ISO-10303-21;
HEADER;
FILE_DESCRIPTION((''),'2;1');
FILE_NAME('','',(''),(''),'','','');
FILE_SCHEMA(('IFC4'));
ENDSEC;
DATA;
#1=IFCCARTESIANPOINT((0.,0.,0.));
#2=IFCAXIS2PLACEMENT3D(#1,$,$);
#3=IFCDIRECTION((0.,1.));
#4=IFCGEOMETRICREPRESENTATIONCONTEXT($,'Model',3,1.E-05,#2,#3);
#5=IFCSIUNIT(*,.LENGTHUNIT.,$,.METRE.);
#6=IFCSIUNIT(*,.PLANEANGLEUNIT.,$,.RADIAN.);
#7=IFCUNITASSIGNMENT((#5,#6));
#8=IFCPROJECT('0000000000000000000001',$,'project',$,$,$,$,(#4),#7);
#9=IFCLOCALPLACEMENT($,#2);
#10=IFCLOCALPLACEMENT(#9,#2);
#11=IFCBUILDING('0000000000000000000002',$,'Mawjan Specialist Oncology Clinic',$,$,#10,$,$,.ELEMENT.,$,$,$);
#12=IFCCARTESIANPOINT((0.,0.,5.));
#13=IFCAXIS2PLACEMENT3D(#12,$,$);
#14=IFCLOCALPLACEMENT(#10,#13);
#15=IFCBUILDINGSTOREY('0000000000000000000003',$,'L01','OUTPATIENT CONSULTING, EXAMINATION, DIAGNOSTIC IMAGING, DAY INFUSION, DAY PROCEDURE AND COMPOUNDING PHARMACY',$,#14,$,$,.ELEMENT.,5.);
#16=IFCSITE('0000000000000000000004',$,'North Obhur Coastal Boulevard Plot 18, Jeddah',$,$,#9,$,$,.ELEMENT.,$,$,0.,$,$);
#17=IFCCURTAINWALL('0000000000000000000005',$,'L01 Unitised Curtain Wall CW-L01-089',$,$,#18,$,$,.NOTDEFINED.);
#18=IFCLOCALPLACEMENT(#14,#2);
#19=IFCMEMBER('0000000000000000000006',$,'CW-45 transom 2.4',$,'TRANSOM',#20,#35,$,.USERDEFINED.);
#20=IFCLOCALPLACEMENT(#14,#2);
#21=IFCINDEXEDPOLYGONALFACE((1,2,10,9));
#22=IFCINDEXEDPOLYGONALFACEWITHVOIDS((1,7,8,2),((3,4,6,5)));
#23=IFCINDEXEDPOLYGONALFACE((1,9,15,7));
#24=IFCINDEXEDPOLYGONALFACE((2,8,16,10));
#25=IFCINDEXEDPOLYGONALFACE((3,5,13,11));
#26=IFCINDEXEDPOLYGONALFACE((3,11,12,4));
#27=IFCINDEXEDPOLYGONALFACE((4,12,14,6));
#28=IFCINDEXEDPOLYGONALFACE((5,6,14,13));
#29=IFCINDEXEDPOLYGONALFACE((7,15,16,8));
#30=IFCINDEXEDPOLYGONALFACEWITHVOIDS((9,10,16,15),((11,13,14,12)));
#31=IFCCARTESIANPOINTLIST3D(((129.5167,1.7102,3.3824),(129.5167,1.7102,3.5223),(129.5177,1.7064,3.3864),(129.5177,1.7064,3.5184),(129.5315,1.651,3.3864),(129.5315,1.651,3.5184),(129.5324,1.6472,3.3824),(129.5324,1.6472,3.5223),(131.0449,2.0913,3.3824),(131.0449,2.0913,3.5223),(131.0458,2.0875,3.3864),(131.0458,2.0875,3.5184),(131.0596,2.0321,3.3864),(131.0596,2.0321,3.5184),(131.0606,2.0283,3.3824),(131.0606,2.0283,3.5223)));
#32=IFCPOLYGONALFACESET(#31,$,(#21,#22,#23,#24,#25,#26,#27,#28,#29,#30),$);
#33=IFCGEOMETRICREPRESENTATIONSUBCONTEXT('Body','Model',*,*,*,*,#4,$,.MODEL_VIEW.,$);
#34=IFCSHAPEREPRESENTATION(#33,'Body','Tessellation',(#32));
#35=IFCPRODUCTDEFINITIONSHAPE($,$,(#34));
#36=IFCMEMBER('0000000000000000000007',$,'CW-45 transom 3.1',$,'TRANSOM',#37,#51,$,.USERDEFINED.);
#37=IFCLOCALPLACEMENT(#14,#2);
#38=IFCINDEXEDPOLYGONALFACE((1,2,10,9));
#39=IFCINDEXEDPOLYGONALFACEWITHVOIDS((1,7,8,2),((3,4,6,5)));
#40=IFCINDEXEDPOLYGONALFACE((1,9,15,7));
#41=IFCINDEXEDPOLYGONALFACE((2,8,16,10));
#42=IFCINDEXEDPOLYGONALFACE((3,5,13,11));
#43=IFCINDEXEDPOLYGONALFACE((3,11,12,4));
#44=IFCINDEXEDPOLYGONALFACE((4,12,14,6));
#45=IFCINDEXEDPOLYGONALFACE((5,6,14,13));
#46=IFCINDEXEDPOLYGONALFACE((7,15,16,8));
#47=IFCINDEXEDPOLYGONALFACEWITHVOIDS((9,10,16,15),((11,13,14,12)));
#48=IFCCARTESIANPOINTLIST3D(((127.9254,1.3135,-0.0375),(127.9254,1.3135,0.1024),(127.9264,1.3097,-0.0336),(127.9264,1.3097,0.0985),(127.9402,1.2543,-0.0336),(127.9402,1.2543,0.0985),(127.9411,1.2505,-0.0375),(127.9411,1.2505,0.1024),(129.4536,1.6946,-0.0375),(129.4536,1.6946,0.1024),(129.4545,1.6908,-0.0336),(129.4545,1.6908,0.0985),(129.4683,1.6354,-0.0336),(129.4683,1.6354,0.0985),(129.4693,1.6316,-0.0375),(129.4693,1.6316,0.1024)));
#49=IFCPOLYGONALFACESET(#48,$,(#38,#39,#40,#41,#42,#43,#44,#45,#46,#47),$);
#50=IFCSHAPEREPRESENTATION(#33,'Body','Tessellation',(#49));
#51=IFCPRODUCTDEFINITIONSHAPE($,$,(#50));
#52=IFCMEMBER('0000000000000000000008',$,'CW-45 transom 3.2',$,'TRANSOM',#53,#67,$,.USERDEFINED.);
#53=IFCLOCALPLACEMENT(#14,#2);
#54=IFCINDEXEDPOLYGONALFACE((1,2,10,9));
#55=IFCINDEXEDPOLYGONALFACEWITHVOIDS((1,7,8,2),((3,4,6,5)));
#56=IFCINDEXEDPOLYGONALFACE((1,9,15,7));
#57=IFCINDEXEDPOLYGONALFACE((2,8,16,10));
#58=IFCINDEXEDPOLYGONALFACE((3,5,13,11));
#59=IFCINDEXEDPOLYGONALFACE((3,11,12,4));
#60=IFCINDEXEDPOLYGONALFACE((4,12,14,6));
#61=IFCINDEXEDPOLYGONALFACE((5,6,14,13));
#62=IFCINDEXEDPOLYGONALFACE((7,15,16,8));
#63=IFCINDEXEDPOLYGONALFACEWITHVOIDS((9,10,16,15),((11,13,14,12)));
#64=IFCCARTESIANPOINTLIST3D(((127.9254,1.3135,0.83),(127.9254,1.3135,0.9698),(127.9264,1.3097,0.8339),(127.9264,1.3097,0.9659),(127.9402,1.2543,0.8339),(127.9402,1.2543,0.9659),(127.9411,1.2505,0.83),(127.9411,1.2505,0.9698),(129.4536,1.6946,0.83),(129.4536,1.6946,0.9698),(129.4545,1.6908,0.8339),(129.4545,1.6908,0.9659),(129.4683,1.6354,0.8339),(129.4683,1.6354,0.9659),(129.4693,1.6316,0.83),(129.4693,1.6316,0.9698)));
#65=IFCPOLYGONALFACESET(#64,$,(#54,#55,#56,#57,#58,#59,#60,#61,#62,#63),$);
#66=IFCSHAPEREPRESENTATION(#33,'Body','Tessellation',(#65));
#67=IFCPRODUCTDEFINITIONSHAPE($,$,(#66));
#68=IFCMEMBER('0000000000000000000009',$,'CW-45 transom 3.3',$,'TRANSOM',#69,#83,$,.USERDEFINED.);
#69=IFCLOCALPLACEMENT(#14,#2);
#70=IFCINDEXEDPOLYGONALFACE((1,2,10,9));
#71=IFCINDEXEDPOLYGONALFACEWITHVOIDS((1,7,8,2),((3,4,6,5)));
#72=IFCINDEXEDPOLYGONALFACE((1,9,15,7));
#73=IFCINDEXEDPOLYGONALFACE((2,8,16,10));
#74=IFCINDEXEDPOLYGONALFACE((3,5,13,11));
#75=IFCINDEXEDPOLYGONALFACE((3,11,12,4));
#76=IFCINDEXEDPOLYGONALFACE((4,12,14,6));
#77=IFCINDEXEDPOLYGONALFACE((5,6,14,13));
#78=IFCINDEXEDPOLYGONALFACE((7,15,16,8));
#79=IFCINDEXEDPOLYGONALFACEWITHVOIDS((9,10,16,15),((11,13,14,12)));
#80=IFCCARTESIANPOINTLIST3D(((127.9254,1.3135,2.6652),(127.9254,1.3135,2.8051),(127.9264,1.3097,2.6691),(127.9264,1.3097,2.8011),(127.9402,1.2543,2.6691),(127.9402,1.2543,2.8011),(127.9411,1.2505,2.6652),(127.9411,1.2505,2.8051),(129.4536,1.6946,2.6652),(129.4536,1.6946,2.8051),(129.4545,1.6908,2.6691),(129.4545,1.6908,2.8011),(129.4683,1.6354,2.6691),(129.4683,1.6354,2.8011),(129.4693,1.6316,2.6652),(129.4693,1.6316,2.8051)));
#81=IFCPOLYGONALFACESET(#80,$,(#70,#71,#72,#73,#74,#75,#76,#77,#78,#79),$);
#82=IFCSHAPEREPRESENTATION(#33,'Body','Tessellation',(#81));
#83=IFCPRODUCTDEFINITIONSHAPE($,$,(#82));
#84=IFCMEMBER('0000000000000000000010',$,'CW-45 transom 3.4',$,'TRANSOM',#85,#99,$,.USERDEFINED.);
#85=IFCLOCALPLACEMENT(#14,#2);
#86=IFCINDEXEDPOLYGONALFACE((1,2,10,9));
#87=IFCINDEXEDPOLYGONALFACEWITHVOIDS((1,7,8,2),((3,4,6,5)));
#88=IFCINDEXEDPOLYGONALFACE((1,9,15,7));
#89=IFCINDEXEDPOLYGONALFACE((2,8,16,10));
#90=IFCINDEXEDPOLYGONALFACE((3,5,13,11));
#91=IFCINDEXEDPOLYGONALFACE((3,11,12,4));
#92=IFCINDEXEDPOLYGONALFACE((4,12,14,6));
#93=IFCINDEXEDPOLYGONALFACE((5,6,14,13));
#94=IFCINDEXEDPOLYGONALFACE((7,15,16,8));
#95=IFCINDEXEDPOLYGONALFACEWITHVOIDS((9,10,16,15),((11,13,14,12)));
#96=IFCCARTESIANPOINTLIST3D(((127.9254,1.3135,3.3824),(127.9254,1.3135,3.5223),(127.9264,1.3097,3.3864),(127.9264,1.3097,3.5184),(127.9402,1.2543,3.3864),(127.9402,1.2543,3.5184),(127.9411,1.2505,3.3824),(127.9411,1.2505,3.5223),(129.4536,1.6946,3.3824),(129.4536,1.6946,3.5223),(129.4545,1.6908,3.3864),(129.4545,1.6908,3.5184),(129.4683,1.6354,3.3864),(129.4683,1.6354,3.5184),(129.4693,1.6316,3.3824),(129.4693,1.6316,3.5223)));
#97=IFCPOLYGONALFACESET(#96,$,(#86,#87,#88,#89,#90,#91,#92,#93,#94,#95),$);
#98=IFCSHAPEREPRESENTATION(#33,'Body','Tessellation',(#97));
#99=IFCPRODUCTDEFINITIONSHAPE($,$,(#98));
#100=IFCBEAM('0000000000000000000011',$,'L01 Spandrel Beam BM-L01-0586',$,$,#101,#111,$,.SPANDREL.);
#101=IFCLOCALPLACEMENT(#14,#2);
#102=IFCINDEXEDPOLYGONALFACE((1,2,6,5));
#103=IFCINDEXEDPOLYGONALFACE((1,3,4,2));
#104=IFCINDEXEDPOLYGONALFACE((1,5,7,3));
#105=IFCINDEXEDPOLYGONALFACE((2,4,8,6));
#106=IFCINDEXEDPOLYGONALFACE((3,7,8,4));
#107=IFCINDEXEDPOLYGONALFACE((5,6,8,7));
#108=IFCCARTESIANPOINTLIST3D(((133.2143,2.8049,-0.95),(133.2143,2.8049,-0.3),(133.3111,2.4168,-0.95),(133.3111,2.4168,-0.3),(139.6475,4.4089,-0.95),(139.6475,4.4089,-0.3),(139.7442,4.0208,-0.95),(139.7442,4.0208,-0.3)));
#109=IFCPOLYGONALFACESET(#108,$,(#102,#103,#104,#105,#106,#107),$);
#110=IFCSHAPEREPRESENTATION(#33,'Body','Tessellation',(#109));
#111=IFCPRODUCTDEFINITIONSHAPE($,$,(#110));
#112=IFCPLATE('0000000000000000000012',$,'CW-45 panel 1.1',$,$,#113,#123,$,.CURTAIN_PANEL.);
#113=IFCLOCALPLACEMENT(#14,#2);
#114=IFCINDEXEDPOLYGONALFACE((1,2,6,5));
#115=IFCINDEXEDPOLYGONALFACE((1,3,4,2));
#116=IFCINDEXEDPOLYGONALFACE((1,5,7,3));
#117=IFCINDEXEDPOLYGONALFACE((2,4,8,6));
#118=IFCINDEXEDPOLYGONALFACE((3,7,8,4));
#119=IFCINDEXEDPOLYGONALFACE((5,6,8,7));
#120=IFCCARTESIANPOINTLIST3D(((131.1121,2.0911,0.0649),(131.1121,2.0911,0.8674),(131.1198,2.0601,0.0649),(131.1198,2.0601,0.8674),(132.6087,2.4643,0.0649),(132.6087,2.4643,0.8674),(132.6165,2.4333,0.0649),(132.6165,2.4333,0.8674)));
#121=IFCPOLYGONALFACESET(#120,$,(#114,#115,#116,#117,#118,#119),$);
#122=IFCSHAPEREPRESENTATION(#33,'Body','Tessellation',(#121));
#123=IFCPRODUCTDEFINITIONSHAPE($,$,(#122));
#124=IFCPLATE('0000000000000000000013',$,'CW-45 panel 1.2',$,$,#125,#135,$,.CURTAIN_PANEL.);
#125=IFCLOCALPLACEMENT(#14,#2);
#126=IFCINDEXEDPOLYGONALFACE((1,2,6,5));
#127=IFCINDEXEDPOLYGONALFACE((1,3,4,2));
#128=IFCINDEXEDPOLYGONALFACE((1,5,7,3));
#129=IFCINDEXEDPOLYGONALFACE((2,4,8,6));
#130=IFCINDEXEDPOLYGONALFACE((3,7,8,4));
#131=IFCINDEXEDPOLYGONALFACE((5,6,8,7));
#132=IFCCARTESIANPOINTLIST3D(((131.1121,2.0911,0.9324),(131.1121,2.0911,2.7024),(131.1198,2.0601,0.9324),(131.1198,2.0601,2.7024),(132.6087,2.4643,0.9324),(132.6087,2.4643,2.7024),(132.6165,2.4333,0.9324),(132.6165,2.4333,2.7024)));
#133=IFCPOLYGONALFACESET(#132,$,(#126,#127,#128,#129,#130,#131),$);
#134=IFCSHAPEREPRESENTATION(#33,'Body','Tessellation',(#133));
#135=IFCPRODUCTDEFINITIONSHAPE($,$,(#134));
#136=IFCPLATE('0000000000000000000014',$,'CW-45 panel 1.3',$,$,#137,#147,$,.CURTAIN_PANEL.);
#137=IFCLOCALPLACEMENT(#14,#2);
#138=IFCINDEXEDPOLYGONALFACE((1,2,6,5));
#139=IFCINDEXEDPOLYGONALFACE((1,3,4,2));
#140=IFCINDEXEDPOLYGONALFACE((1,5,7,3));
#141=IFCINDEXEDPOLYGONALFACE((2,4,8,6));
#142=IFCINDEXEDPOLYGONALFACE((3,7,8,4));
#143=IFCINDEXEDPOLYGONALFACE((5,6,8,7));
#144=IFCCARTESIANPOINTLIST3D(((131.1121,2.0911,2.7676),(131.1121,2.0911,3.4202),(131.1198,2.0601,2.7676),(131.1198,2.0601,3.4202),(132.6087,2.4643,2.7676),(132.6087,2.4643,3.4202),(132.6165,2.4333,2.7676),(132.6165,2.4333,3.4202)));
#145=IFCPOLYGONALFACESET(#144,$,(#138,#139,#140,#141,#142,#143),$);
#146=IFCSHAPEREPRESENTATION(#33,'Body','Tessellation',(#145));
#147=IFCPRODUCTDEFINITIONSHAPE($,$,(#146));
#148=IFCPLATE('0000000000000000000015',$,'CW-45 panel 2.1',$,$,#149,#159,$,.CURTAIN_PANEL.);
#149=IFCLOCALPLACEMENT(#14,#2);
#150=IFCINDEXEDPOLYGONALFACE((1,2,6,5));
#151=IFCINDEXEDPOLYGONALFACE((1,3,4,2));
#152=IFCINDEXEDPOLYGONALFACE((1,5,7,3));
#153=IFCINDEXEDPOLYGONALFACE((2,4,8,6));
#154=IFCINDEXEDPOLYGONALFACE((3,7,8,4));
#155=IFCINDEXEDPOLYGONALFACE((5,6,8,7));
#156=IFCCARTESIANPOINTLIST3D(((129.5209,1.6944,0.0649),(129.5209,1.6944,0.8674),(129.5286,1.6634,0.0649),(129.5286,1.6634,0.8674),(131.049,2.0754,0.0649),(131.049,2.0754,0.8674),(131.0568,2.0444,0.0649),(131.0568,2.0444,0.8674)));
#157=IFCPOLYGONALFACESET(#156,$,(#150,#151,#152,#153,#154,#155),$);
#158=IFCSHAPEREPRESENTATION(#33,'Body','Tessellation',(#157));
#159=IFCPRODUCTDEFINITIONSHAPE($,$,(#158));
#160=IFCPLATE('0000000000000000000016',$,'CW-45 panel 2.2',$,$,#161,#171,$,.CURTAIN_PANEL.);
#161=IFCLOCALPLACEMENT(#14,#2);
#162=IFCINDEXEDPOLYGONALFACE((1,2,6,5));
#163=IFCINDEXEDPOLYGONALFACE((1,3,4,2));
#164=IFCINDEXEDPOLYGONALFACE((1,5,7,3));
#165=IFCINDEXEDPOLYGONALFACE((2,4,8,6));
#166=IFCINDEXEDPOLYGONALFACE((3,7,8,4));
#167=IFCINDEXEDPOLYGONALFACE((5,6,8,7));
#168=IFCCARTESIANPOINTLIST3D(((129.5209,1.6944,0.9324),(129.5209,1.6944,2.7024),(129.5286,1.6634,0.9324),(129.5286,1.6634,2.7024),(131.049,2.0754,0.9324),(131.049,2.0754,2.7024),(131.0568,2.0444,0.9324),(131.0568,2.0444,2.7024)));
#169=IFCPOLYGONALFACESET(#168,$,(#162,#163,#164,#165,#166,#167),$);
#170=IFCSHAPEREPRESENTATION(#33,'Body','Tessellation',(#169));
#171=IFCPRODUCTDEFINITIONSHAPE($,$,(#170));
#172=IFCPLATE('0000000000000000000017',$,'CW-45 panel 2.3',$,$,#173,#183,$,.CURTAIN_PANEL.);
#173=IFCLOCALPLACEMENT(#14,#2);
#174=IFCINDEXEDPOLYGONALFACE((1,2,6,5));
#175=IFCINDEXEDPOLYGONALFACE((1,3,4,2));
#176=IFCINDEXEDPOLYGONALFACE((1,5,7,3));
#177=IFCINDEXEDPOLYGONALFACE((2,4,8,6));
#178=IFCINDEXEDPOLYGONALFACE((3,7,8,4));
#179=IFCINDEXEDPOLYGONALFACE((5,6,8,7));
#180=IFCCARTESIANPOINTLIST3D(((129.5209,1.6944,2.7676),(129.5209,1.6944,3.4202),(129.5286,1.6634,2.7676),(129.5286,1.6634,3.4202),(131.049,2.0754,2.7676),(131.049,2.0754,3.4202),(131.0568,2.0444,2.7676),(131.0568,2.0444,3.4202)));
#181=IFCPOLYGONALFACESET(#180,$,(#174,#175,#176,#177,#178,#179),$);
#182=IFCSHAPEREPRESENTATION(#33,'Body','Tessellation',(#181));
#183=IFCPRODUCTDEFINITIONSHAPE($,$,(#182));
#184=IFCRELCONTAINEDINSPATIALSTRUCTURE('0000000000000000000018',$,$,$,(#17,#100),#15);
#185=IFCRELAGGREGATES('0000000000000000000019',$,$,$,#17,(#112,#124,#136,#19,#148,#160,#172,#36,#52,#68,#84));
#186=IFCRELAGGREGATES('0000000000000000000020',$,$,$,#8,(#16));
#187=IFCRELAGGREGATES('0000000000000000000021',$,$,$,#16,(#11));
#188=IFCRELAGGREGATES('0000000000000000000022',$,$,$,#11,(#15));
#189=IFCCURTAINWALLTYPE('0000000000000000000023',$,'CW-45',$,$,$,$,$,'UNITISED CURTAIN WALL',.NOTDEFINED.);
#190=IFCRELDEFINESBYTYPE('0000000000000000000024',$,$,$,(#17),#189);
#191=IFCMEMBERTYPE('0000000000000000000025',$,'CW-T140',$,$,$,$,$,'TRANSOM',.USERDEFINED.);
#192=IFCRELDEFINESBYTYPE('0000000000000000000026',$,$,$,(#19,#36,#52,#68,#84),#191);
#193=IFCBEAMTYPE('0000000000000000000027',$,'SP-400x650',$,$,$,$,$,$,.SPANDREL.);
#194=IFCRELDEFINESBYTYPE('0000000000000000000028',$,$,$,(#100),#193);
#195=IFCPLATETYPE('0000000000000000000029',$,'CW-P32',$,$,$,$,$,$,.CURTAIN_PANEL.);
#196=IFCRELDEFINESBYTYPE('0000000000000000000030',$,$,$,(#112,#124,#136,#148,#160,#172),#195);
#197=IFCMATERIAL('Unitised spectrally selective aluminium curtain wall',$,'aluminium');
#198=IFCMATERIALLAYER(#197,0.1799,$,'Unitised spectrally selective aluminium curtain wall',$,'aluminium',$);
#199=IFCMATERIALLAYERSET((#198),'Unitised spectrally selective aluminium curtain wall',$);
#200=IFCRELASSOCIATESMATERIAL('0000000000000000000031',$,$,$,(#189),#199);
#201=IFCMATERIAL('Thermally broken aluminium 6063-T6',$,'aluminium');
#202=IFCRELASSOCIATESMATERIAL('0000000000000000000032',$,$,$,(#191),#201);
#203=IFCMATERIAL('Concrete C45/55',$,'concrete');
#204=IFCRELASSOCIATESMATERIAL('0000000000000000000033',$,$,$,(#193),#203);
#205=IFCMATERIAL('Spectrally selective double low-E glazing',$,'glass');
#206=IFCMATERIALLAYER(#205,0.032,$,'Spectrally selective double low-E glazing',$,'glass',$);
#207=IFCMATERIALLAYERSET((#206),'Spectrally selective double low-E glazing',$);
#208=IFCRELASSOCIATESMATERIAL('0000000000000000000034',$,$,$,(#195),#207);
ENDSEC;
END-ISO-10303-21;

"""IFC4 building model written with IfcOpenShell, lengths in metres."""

from ifc_helpers import new_model, si_unit, direction, frame, origin, origin_2d, place, context, subcontext, project, spatial, rectangle, hollow_rectangle, extrude, material, layer, layer_set, material_profile, profile_set, type_object, element, aggregate, save


model = new_model("IFC4")

# Units and contexts
model_context = context("Model", 3, precision=1e-05, world=origin(), true_north=direction((0.0, 1.0)))
body_context = subcontext(model_context, "Body", "Model", "MODEL_VIEW")
ifc_project = project(units=[si_unit("LENGTHUNIT", "METRE"), si_unit("PLANEANGLEUNIT", "RADIAN")], contexts=[model_context])

# Site, building, storey
site_placement = place(None, origin())
site = spatial("IfcSite", under=ifc_project, at=site_placement, Name="North Obhur Coastal Boulevard Plot 18, Jeddah", CompositionType="ELEMENT", RefElevation=0.0)
building_placement = place(site_placement, origin())
building = spatial("IfcBuilding", under=site, at=building_placement, Name="Mawjan Specialist Oncology Clinic", CompositionType="ELEMENT")
storey_placement = place(building_placement, frame((0.0, 0.0, 5.0)))
storey = spatial("IfcBuildingStorey", under=building, at=storey_placement, Name="L01", Description="OUTPATIENT CONSULTING, EXAMINATION, DIAGNOSTIC IMAGING, DAY INFUSION, DAY PROCEDURE AND COMPOUNDING PHARMACY", CompositionType="ELEMENT", Elevation=5.0)

# Curtain wall, members
ifc_material_1 = material(Name="Unitised spectrally selective aluminium curtain wall", Category="aluminium")
ifc_layer_1 = layer(ifc_material_1, 0.1799, Name="Unitised spectrally selective aluminium curtain wall", Category="aluminium")
ifc_layer_set_1 = layer_set([ifc_layer_1], Name="Unitised spectrally selective aluminium curtain wall")
curtain_wall_type = type_object("IfcCurtainWallType", Name="CW-45", ElementType="UNITISED CURTAIN WALL", PredefinedType="NOTDEFINED", material=ifc_layer_set_1)
curtain_wall_placement = place(storey_placement, origin())
curtain_wall = element("IfcCurtainWall", 1, at=curtain_wall_placement, inside=storey, type_object=curtain_wall_type, Name="L01 Unitised Curtain Wall CW-L01-089", PredefinedType="NOTDEFINED")
ifc_material_2 = material(Name="Thermally broken aluminium 6063-T6", Category="aluminium")
ifc_material_profile_1 = material_profile(ifc_material_2, hollow_rectangle(XDim=0.0649, YDim=0.1399, WallThickness=0.0039, at=origin_2d()), Name="ALU TRANSOM 140x65x4", Category="aluminium")
ifc_profile_set_1 = profile_set([ifc_material_profile_1], Name="Thermally broken aluminium 6063-T6")
member_type_1 = type_object("IfcMemberType", Name="CW-T140", ElementType="TRANSOM", PredefinedType="USERDEFINED", material=ifc_profile_set_1)
member_1_placement = place(storey_placement, frame((131.0527, 2.0598, 3.4524), z_axis=(-0.970279, -0.241988, 0.0), x_axis=(0.241988, -0.970279, 0.0)))
member_1 = element("IfcMember", 2, at=member_1_placement, type_object=member_type_1, Name="CW-45 transom 2.4", ObjectType="TRANSOM", PredefinedType="USERDEFINED", context=body_context, shape_type="SweptSolid", body=[
    extrude(hollow_rectangle(XDim=0.0649, YDim=0.1399, WallThickness=0.0039, at=origin_2d()), origin(), (0.0, 0.0, 1.0), 1.575),
])
member_2_placement = place(storey_placement, frame((129.4614, 1.6631, 0.0325), z_axis=(-0.970279, -0.241988, 0.0), x_axis=(0.241988, -0.970279, 0.0)))
member_2 = element("IfcMember", 3, at=member_2_placement, type_object=member_type_1, Name="CW-45 transom 3.1", ObjectType="TRANSOM", PredefinedType="USERDEFINED", context=body_context, shape_type="SweptSolid", body=[
    extrude(hollow_rectangle(XDim=0.0649, YDim=0.1399, WallThickness=0.0039, at=origin_2d()), origin(), (0.0, 0.0, 1.0), 1.575),
])
member_3_placement = place(storey_placement, frame((129.4614, 1.6631, 0.8999), z_axis=(-0.970279, -0.241988, 0.0), x_axis=(0.241988, -0.970279, 0.0)))
member_3 = element("IfcMember", 4, at=member_3_placement, type_object=member_type_1, Name="CW-45 transom 3.2", ObjectType="TRANSOM", PredefinedType="USERDEFINED", context=body_context, shape_type="SweptSolid", body=[
    extrude(hollow_rectangle(XDim=0.0649, YDim=0.1399, WallThickness=0.0039, at=origin_2d()), origin(), (0.0, 0.0, 1.0), 1.575),
])
member_4_placement = place(storey_placement, frame((129.4614, 1.6631, 2.7351), z_axis=(-0.970279, -0.241988, 0.0), x_axis=(0.241988, -0.970279, 0.0)))
member_4 = element("IfcMember", 5, at=member_4_placement, type_object=member_type_1, Name="CW-45 transom 3.3", ObjectType="TRANSOM", PredefinedType="USERDEFINED", context=body_context, shape_type="SweptSolid", body=[
    extrude(hollow_rectangle(XDim=0.0649, YDim=0.1399, WallThickness=0.0039, at=origin_2d()), origin(), (0.0, 0.0, 1.0), 1.575),
])
member_5_placement = place(storey_placement, frame((129.4614, 1.6631, 3.4524), z_axis=(-0.970279, -0.241988, 0.0), x_axis=(0.241988, -0.970279, 0.0)))
member_5 = element("IfcMember", 6, at=member_5_placement, type_object=member_type_1, Name="CW-45 transom 3.4", ObjectType="TRANSOM", PredefinedType="USERDEFINED", context=body_context, shape_type="SweptSolid", body=[
    extrude(hollow_rectangle(XDim=0.0649, YDim=0.1399, WallThickness=0.0039, at=origin_2d()), origin(), (0.0, 0.0, 1.0), 1.575),
])

# Beam
ifc_material_3 = material(Name="Concrete C45/55", Category="concrete")
ifc_material_profile_2 = material_profile(ifc_material_3, rectangle(XDim=0.3999, YDim=0.6499, at=origin_2d()), Name="RC BM 400x650", Category="concrete")
ifc_profile_set_2 = profile_set([ifc_material_profile_2], Name="Concrete C45/55")
beam_type = type_object("IfcBeamType", Name="SP-400x650", PredefinedType="SPANDREL", material=ifc_profile_set_2)
beam_placement = place(storey_placement, frame((133.2627, 2.6108, -0.625), z_axis=(0.970294, 0.241929, 0.0), x_axis=(-0.241929, 0.970294, 0.0)))
element("IfcBeam", 7, at=beam_placement, inside=storey, type_object=beam_type, Name="L01 Spandrel Beam BM-L01-0586", PredefinedType="SPANDREL", context=body_context, shape_type="SweptSolid", body=[
    extrude(rectangle(XDim=0.3999, YDim=0.6499, at=origin_2d()), origin(), (0.0, 0.0, 1.0), 6.6301),
])

# Plates
ifc_material_4 = material(Name="Spectrally selective double low-E glazing", Category="glass")
ifc_layer_2 = layer(ifc_material_4, 0.032, Name="Spectrally selective double low-E glazing", Category="glass")
ifc_layer_set_2 = layer_set([ifc_layer_2], Name="Spectrally selective double low-E glazing")
plate_type = type_object("IfcPlateType", Name="CW-P32", PredefinedType="CURTAIN_PANEL", material=ifc_layer_set_2)
plate_1_placement = place(storey_placement, frame((131.8643, 2.2622, 0.0649), z_axis=(0.0, 0.0, 1.0), x_axis=(-0.970296, -0.241922, 0.0)))
plate_1 = element("IfcPlate", 8, at=plate_1_placement, type_object=plate_type, Name="CW-45 panel 1.1", PredefinedType="CURTAIN_PANEL", context=body_context, shape_type="SweptSolid", body=[
    extrude(rectangle(XDim=1.5425, YDim=0.032, at=origin_2d()), origin(), (0.0, 0.0, 1.0), 0.8025),
])
plate_2_placement = place(storey_placement, frame((131.8643, 2.2622, 0.9324), z_axis=(0.0, 0.0, 1.0), x_axis=(-0.970296, -0.241922, 0.0)))
plate_2 = element("IfcPlate", 9, at=plate_2_placement, type_object=plate_type, Name="CW-45 panel 1.2", PredefinedType="CURTAIN_PANEL", context=body_context, shape_type="SweptSolid", body=[
    extrude(rectangle(XDim=1.5425, YDim=0.032, at=origin_2d()), origin(), (0.0, 0.0, 1.0), 1.77),
])
plate_3_placement = place(storey_placement, frame((131.8643, 2.2622, 2.7676), z_axis=(0.0, 0.0, 1.0), x_axis=(-0.970296, -0.241922, 0.0)))
plate_3 = element("IfcPlate", 10, at=plate_3_placement, type_object=plate_type, Name="CW-45 panel 1.3", PredefinedType="CURTAIN_PANEL", context=body_context, shape_type="SweptSolid", body=[
    extrude(rectangle(XDim=1.5425, YDim=0.032, at=origin_2d()), origin(), (0.0, 0.0, 1.0), 0.6526),
])
plate_4_placement = place(storey_placement, frame((130.2888, 1.8694, 0.0649), z_axis=(0.0, 0.0, 1.0), x_axis=(-0.970296, -0.241922, 0.0)))
plate_4 = element("IfcPlate", 11, at=plate_4_placement, type_object=plate_type, Name="CW-45 panel 2.1", PredefinedType="CURTAIN_PANEL", context=body_context, shape_type="SweptSolid", body=[
    extrude(rectangle(XDim=1.575, YDim=0.032, at=origin_2d()), origin(), (0.0, 0.0, 1.0), 0.8025),
])
plate_5_placement = place(storey_placement, frame((130.2888, 1.8694, 0.9324), z_axis=(0.0, 0.0, 1.0), x_axis=(-0.970296, -0.241922, 0.0)))
plate_5 = element("IfcPlate", 12, at=plate_5_placement, type_object=plate_type, Name="CW-45 panel 2.2", PredefinedType="CURTAIN_PANEL", context=body_context, shape_type="SweptSolid", body=[
    extrude(rectangle(XDim=1.575, YDim=0.032, at=origin_2d()), origin(), (0.0, 0.0, 1.0), 1.77),
])
plate_6_placement = place(storey_placement, frame((130.2888, 1.8694, 2.7676), z_axis=(0.0, 0.0, 1.0), x_axis=(-0.970296, -0.241922, 0.0)))
plate_6 = element("IfcPlate", 13, at=plate_6_placement, type_object=plate_type, Name="CW-45 panel 2.3", PredefinedType="CURTAIN_PANEL", context=body_context, shape_type="SweptSolid", body=[
    extrude(rectangle(XDim=1.575, YDim=0.032, at=origin_2d()), origin(), (0.0, 0.0, 1.0), 0.6526),
])
aggregate(curtain_wall, [plate_1, plate_2, plate_3, member_1, plate_4, plate_5, plate_6, member_2, member_3, member_4, member_5])

save(model, "model.ifc")
